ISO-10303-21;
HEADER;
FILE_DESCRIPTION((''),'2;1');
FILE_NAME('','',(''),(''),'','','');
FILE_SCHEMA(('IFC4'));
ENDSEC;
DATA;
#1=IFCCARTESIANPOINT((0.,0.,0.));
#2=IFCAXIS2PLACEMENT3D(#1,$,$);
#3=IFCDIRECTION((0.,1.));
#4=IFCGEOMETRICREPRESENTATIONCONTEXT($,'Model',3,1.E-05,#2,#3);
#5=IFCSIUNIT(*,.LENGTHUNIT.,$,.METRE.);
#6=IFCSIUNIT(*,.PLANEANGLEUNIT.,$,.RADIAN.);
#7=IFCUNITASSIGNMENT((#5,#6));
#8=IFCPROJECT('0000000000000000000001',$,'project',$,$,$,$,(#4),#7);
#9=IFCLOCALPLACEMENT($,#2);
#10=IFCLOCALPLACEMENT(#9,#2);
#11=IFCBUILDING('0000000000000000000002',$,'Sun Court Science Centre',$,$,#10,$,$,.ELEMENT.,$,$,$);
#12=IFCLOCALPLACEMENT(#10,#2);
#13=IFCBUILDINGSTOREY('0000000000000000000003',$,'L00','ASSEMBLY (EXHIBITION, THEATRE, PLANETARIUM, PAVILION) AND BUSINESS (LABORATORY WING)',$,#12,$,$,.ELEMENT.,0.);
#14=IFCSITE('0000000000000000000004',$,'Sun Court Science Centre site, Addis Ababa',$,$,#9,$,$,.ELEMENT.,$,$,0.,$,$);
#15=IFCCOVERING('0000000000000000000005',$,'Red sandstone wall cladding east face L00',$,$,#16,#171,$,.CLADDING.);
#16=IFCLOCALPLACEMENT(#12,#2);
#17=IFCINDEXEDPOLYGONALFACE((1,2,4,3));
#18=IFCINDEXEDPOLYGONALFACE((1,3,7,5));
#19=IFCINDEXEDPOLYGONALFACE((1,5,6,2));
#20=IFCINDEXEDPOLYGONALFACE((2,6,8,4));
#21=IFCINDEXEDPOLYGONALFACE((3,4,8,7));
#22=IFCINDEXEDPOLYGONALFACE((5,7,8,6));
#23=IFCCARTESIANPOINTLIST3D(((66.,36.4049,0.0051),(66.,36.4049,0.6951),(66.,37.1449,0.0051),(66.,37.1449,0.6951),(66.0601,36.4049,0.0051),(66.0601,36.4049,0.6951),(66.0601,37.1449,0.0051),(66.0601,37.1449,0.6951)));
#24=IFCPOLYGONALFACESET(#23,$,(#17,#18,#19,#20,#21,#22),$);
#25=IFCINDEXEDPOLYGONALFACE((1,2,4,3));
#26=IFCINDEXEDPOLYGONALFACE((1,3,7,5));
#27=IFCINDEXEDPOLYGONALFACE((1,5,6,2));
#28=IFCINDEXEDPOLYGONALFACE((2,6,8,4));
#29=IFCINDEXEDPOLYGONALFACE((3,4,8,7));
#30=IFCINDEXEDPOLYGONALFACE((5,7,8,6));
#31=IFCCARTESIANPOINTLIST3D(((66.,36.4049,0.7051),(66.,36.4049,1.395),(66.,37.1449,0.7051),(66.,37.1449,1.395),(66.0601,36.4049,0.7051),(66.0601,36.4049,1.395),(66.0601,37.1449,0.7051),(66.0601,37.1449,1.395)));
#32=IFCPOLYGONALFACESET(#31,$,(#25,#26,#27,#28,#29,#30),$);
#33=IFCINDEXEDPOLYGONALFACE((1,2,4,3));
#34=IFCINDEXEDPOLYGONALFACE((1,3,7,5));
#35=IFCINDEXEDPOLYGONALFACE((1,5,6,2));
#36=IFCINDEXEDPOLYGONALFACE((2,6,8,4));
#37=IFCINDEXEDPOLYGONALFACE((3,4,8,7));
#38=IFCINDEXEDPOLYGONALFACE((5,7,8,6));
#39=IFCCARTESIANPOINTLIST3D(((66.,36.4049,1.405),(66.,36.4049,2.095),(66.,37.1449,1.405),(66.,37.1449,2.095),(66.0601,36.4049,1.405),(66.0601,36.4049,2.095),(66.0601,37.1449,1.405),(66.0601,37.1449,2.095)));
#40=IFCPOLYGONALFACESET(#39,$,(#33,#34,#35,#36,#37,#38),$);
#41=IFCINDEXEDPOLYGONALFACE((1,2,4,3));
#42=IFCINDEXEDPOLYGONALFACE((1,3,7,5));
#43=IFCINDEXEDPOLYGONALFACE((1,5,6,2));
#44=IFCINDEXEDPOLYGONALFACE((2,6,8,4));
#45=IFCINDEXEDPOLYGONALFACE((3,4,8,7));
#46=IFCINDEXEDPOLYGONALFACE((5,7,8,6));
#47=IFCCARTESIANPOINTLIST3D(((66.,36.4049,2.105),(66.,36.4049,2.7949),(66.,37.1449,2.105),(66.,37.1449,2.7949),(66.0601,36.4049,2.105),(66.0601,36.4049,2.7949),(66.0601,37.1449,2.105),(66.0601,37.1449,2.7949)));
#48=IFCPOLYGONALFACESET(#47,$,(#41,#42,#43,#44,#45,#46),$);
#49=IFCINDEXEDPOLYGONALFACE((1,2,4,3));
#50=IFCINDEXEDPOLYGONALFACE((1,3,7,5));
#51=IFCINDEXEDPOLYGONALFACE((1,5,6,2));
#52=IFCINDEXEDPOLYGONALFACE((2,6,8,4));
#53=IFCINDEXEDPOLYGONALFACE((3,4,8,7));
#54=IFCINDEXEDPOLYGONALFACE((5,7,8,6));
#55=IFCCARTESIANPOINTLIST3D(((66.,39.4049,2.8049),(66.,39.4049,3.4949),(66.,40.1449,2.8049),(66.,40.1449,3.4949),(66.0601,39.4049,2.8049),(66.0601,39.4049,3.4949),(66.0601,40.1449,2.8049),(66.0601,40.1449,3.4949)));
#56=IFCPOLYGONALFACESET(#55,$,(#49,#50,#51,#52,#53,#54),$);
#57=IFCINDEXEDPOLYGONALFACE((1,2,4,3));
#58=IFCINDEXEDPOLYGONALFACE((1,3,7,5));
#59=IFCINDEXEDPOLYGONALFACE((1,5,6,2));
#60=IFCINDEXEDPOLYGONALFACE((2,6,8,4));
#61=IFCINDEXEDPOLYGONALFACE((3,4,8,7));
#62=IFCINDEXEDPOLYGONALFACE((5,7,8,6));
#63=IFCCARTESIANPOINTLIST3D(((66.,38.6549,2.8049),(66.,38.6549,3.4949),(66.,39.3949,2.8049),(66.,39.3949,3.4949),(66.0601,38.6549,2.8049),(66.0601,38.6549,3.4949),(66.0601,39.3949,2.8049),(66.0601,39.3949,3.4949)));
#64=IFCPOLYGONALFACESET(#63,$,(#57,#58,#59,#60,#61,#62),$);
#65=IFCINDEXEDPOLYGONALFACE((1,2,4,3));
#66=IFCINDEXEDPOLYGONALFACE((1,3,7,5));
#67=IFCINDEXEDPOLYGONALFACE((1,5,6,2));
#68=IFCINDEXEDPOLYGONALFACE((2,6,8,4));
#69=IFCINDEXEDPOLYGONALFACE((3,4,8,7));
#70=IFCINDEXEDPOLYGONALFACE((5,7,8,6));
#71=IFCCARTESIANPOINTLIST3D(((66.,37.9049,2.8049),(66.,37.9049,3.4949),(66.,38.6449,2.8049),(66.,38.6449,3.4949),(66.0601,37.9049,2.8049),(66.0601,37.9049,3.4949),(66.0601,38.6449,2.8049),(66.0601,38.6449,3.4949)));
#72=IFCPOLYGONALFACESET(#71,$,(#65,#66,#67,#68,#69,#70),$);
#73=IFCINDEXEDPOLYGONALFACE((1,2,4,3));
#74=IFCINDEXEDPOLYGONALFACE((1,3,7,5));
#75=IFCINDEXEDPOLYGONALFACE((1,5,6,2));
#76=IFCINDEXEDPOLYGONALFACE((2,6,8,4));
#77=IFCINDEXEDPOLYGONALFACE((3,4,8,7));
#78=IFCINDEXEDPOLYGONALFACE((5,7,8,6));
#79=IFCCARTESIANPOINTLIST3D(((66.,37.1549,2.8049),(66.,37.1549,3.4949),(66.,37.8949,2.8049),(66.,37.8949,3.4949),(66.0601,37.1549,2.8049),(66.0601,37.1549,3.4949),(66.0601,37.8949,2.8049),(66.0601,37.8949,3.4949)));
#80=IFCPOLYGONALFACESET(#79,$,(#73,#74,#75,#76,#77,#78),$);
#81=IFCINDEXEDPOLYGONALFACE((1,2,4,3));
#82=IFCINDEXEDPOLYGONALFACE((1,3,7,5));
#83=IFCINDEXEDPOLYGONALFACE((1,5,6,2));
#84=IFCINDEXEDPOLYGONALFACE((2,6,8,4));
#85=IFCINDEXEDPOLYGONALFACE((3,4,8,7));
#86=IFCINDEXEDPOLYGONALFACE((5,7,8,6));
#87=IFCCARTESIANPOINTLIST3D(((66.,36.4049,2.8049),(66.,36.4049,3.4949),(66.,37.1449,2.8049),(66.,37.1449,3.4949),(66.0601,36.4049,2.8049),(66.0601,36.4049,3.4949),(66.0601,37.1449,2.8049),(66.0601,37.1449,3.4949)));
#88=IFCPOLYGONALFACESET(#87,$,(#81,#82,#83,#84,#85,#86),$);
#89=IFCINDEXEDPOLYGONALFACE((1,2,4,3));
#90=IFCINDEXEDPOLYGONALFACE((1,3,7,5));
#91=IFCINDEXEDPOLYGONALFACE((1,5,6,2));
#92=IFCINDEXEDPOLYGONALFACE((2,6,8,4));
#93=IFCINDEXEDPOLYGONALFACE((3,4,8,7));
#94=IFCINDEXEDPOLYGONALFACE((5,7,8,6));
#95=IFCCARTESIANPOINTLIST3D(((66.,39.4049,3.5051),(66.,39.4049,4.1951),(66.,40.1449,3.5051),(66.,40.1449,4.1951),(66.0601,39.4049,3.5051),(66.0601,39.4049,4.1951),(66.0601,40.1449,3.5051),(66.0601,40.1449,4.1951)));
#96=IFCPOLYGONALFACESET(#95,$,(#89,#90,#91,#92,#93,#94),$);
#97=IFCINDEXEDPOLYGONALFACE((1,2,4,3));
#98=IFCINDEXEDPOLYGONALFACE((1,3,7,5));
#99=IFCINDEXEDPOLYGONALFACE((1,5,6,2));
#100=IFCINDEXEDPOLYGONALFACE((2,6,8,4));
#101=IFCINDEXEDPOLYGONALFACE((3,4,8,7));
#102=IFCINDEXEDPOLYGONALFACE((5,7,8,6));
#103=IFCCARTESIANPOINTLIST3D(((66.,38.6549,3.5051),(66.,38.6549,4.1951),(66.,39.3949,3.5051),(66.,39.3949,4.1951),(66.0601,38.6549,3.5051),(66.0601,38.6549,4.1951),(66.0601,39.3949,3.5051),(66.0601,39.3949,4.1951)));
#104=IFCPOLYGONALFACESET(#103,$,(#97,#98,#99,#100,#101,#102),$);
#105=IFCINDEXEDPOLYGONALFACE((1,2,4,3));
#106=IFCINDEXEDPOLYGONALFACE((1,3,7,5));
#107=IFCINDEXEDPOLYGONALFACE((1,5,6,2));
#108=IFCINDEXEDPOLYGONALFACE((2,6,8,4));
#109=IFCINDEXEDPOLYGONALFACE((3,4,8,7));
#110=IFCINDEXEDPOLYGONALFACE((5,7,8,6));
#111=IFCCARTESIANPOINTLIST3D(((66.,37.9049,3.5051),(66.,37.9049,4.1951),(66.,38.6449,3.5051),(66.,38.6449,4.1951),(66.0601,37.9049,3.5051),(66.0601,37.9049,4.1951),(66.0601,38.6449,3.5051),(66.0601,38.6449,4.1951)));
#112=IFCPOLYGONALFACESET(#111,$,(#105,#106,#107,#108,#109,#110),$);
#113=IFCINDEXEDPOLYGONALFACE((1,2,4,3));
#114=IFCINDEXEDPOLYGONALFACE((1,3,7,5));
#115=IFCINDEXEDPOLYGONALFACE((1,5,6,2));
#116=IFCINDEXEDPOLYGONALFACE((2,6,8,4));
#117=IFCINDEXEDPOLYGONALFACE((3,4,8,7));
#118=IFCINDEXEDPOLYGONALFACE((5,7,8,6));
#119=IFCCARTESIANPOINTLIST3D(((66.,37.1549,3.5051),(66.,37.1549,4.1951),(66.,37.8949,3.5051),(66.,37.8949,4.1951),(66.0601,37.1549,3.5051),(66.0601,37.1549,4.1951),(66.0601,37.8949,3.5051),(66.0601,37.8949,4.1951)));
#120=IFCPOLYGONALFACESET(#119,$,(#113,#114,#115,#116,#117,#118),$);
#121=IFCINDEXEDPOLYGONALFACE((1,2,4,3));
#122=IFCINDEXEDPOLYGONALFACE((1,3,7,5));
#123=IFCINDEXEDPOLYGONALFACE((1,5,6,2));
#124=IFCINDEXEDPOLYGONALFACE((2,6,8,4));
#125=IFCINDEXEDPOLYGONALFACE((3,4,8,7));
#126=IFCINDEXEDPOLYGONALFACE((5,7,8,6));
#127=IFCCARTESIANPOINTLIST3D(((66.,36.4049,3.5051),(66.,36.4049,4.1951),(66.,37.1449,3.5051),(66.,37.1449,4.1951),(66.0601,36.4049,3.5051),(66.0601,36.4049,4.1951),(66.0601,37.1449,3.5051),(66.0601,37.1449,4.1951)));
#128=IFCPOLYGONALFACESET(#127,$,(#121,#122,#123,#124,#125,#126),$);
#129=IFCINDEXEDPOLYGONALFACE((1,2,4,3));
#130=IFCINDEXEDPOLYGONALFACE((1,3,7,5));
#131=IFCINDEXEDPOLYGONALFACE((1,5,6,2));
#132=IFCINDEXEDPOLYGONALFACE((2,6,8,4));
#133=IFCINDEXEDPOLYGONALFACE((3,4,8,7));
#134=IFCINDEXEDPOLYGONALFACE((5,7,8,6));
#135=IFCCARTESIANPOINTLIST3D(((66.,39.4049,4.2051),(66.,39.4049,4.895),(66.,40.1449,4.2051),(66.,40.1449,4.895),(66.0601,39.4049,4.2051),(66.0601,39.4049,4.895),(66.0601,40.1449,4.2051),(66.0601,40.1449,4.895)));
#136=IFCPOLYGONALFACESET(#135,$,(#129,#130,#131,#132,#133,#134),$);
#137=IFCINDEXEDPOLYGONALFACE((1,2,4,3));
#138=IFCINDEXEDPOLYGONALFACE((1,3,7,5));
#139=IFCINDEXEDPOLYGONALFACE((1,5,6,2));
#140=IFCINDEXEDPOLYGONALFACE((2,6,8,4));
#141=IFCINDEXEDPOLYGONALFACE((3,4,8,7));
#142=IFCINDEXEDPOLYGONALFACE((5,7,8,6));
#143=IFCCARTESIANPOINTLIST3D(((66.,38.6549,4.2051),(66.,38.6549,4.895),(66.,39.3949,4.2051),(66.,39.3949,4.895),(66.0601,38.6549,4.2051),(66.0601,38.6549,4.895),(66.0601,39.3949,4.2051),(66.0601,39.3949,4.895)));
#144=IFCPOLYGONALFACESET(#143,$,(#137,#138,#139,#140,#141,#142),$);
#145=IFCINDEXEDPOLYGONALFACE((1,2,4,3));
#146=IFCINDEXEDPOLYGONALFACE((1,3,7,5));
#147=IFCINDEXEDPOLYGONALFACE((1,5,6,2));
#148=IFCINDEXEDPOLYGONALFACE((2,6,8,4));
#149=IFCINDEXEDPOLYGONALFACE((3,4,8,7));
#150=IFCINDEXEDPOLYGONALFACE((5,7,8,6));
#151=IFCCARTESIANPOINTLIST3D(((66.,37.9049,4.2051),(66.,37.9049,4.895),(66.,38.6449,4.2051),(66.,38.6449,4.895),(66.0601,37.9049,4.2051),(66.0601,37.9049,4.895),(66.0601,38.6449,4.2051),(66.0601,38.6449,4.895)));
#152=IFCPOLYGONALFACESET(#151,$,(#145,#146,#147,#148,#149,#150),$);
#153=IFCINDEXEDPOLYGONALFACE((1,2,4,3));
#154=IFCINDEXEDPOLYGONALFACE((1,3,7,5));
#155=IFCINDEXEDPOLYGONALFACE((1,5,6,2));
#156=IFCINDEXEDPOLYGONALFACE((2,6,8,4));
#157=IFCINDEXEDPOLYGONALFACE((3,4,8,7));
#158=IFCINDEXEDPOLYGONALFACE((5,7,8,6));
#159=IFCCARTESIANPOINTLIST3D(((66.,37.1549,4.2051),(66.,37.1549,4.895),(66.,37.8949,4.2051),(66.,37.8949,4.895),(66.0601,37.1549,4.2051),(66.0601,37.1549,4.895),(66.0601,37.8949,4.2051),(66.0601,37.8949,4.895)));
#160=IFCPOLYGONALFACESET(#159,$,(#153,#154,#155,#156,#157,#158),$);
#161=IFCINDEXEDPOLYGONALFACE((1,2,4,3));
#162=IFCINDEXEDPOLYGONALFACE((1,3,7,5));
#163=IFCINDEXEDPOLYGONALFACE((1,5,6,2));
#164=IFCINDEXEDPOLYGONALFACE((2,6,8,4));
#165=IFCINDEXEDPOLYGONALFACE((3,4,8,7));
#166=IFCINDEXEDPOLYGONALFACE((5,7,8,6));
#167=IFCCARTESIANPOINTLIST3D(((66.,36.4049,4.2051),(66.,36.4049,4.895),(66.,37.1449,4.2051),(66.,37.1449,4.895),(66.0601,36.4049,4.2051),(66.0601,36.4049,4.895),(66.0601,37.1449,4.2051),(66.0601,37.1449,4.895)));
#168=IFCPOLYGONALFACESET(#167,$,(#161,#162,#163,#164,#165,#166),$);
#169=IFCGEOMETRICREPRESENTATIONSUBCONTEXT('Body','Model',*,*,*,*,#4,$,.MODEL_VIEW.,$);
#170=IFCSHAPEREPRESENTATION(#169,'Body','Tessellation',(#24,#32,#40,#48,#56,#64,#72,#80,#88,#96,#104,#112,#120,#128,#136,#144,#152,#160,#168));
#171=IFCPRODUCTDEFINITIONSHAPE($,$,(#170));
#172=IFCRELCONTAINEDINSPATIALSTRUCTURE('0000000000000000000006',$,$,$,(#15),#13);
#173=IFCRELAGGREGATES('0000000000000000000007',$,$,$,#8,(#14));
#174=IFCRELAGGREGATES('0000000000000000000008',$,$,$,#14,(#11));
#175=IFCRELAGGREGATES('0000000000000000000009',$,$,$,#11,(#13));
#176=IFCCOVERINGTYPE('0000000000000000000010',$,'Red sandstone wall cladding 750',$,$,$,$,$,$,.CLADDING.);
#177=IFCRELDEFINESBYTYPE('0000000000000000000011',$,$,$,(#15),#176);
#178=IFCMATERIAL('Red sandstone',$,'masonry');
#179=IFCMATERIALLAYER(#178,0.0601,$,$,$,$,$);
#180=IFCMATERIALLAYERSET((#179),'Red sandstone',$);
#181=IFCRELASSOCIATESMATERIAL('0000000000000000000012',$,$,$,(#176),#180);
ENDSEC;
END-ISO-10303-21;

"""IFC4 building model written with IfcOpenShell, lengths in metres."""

from ifc_helpers import new_model, si_unit, direction, frame, origin, origin_2d, place, context, subcontext, project, spatial, rectangle, extrude, material, layer, layer_set, type_object, element, save


model = new_model("IFC4")

# Units and contexts
model_context = context("Model", 3, precision=1e-05, world=origin(), true_north=direction((0.0, 1.0)))
body_context = subcontext(model_context, "Body", "Model", "MODEL_VIEW")
ifc_project = project(units=[si_unit("LENGTHUNIT", "METRE"), si_unit("PLANEANGLEUNIT", "RADIAN")], contexts=[model_context])

# Site, building, storey
site_placement = place(None, origin())
site = spatial("IfcSite", under=ifc_project, at=site_placement, Name="Sun Court Science Centre site, Addis Ababa", CompositionType="ELEMENT", RefElevation=0.0)
building_placement = place(site_placement, origin())
building = spatial("IfcBuilding", under=site, at=building_placement, Name="Sun Court Science Centre", CompositionType="ELEMENT")
storey_placement = place(building_placement, origin())
storey = spatial("IfcBuildingStorey", under=building, at=storey_placement, Name="L00", Description="ASSEMBLY (EXHIBITION, THEATRE, PLANETARIUM, PAVILION) AND BUSINESS (LABORATORY WING)", CompositionType="ELEMENT", Elevation=0.0)

# Covering
ifc_material_1 = material(Name="Red sandstone", Category="masonry")
ifc_layer_1 = layer(ifc_material_1, 0.0601)
ifc_layer_set_1 = layer_set([ifc_layer_1], Name="Red sandstone")
covering_type_1 = type_object("IfcCoveringType", Name="Red sandstone wall cladding 750", PredefinedType="CLADDING", material=ifc_layer_set_1)
covering_1_placement = place(storey_placement, origin())
element("IfcCovering", 1, at=covering_1_placement, inside=storey, type_object=covering_type_1, Name="Red sandstone wall cladding east face L00", PredefinedType="CLADDING", context=body_context, shape_type="SweptSolid", body=[
    extrude(rectangle(XDim=0.74, YDim=0.0601, at=origin_2d()), frame((66.03, 36.7749, 0.0051), z_axis=(0.0, 0.0, 1.0), x_axis=(0.0, -1.0, 0.0)), (0.0, 0.0, 1.0), 0.6899),
    extrude(rectangle(XDim=0.74, YDim=0.0601, at=origin_2d()), frame((66.03, 36.7749, 0.7051), z_axis=(0.0, 0.0, 1.0), x_axis=(0.0, -1.0, 0.0)), (0.0, 0.0, 1.0), 0.6899),
    extrude(rectangle(XDim=0.74, YDim=0.0601, at=origin_2d()), frame((66.03, 36.7749, 1.405), z_axis=(0.0, 0.0, 1.0), x_axis=(0.0, -1.0, 0.0)), (0.0, 0.0, 1.0), 0.6899),
    extrude(rectangle(XDim=0.74, YDim=0.0601, at=origin_2d()), frame((66.03, 36.7749, 2.105), z_axis=(0.0, 0.0, 1.0), x_axis=(0.0, -1.0, 0.0)), (0.0, 0.0, 1.0), 0.6899),
    extrude(rectangle(XDim=0.74, YDim=0.0601, at=origin_2d()), frame((66.03, 39.7749, 2.8049), z_axis=(0.0, 0.0, 1.0), x_axis=(0.0, -1.0, 0.0)), (0.0, 0.0, 1.0), 0.6899),
    extrude(rectangle(XDim=0.74, YDim=0.0601, at=origin_2d()), frame((66.03, 39.0249, 2.8049), z_axis=(0.0, 0.0, 1.0), x_axis=(0.0, -1.0, 0.0)), (0.0, 0.0, 1.0), 0.6899),
    extrude(rectangle(XDim=0.74, YDim=0.0601, at=origin_2d()), frame((66.03, 38.2749, 2.8049), z_axis=(0.0, 0.0, 1.0), x_axis=(0.0, -1.0, 0.0)), (0.0, 0.0, 1.0), 0.6899),
    extrude(rectangle(XDim=0.74, YDim=0.0601, at=origin_2d()), frame((66.03, 37.5249, 2.8049), z_axis=(0.0, 0.0, 1.0), x_axis=(0.0, -1.0, 0.0)), (0.0, 0.0, 1.0), 0.6899),
    extrude(rectangle(XDim=0.74, YDim=0.0601, at=origin_2d()), frame((66.03, 36.7749, 2.8049), z_axis=(0.0, 0.0, 1.0), x_axis=(0.0, -1.0, 0.0)), (0.0, 0.0, 1.0), 0.6899),
    extrude(rectangle(XDim=0.74, YDim=0.0601, at=origin_2d()), frame((66.03, 39.7749, 3.5051), z_axis=(0.0, 0.0, 1.0), x_axis=(0.0, -1.0, 0.0)), (0.0, 0.0, 1.0), 0.6899),
    extrude(rectangle(XDim=0.74, YDim=0.0601, at=origin_2d()), frame((66.03, 39.0249, 3.5051), z_axis=(0.0, 0.0, 1.0), x_axis=(0.0, -1.0, 0.0)), (0.0, 0.0, 1.0), 0.6899),
    extrude(rectangle(XDim=0.74, YDim=0.0601, at=origin_2d()), frame((66.03, 38.2749, 3.5051), z_axis=(0.0, 0.0, 1.0), x_axis=(0.0, -1.0, 0.0)), (0.0, 0.0, 1.0), 0.6899),
    extrude(rectangle(XDim=0.74, YDim=0.0601, at=origin_2d()), frame((66.03, 37.5249, 3.5051), z_axis=(0.0, 0.0, 1.0), x_axis=(0.0, -1.0, 0.0)), (0.0, 0.0, 1.0), 0.6899),
    extrude(rectangle(XDim=0.74, YDim=0.0601, at=origin_2d()), frame((66.03, 36.7749, 3.5051), z_axis=(0.0, 0.0, 1.0), x_axis=(0.0, -1.0, 0.0)), (0.0, 0.0, 1.0), 0.6899),
    extrude(rectangle(XDim=0.74, YDim=0.0601, at=origin_2d()), frame((66.03, 39.7749, 4.2051), z_axis=(0.0, 0.0, 1.0), x_axis=(0.0, -1.0, 0.0)), (0.0, 0.0, 1.0), 0.6899),
    extrude(rectangle(XDim=0.74, YDim=0.0601, at=origin_2d()), frame((66.03, 39.0249, 4.2051), z_axis=(0.0, 0.0, 1.0), x_axis=(0.0, -1.0, 0.0)), (0.0, 0.0, 1.0), 0.6899),
    extrude(rectangle(XDim=0.74, YDim=0.0601, at=origin_2d()), frame((66.03, 38.2749, 4.2051), z_axis=(0.0, 0.0, 1.0), x_axis=(0.0, -1.0, 0.0)), (0.0, 0.0, 1.0), 0.6899),
    extrude(rectangle(XDim=0.74, YDim=0.0601, at=origin_2d()), frame((66.03, 37.5249, 4.2051), z_axis=(0.0, 0.0, 1.0), x_axis=(0.0, -1.0, 0.0)), (0.0, 0.0, 1.0), 0.6899),
    extrude(rectangle(XDim=0.74, YDim=0.0601, at=origin_2d()), frame((66.03, 36.7749, 4.2051), z_axis=(0.0, 0.0, 1.0), x_axis=(0.0, -1.0, 0.0)), (0.0, 0.0, 1.0), 0.6899),
])

save(model, "model.ifc")
